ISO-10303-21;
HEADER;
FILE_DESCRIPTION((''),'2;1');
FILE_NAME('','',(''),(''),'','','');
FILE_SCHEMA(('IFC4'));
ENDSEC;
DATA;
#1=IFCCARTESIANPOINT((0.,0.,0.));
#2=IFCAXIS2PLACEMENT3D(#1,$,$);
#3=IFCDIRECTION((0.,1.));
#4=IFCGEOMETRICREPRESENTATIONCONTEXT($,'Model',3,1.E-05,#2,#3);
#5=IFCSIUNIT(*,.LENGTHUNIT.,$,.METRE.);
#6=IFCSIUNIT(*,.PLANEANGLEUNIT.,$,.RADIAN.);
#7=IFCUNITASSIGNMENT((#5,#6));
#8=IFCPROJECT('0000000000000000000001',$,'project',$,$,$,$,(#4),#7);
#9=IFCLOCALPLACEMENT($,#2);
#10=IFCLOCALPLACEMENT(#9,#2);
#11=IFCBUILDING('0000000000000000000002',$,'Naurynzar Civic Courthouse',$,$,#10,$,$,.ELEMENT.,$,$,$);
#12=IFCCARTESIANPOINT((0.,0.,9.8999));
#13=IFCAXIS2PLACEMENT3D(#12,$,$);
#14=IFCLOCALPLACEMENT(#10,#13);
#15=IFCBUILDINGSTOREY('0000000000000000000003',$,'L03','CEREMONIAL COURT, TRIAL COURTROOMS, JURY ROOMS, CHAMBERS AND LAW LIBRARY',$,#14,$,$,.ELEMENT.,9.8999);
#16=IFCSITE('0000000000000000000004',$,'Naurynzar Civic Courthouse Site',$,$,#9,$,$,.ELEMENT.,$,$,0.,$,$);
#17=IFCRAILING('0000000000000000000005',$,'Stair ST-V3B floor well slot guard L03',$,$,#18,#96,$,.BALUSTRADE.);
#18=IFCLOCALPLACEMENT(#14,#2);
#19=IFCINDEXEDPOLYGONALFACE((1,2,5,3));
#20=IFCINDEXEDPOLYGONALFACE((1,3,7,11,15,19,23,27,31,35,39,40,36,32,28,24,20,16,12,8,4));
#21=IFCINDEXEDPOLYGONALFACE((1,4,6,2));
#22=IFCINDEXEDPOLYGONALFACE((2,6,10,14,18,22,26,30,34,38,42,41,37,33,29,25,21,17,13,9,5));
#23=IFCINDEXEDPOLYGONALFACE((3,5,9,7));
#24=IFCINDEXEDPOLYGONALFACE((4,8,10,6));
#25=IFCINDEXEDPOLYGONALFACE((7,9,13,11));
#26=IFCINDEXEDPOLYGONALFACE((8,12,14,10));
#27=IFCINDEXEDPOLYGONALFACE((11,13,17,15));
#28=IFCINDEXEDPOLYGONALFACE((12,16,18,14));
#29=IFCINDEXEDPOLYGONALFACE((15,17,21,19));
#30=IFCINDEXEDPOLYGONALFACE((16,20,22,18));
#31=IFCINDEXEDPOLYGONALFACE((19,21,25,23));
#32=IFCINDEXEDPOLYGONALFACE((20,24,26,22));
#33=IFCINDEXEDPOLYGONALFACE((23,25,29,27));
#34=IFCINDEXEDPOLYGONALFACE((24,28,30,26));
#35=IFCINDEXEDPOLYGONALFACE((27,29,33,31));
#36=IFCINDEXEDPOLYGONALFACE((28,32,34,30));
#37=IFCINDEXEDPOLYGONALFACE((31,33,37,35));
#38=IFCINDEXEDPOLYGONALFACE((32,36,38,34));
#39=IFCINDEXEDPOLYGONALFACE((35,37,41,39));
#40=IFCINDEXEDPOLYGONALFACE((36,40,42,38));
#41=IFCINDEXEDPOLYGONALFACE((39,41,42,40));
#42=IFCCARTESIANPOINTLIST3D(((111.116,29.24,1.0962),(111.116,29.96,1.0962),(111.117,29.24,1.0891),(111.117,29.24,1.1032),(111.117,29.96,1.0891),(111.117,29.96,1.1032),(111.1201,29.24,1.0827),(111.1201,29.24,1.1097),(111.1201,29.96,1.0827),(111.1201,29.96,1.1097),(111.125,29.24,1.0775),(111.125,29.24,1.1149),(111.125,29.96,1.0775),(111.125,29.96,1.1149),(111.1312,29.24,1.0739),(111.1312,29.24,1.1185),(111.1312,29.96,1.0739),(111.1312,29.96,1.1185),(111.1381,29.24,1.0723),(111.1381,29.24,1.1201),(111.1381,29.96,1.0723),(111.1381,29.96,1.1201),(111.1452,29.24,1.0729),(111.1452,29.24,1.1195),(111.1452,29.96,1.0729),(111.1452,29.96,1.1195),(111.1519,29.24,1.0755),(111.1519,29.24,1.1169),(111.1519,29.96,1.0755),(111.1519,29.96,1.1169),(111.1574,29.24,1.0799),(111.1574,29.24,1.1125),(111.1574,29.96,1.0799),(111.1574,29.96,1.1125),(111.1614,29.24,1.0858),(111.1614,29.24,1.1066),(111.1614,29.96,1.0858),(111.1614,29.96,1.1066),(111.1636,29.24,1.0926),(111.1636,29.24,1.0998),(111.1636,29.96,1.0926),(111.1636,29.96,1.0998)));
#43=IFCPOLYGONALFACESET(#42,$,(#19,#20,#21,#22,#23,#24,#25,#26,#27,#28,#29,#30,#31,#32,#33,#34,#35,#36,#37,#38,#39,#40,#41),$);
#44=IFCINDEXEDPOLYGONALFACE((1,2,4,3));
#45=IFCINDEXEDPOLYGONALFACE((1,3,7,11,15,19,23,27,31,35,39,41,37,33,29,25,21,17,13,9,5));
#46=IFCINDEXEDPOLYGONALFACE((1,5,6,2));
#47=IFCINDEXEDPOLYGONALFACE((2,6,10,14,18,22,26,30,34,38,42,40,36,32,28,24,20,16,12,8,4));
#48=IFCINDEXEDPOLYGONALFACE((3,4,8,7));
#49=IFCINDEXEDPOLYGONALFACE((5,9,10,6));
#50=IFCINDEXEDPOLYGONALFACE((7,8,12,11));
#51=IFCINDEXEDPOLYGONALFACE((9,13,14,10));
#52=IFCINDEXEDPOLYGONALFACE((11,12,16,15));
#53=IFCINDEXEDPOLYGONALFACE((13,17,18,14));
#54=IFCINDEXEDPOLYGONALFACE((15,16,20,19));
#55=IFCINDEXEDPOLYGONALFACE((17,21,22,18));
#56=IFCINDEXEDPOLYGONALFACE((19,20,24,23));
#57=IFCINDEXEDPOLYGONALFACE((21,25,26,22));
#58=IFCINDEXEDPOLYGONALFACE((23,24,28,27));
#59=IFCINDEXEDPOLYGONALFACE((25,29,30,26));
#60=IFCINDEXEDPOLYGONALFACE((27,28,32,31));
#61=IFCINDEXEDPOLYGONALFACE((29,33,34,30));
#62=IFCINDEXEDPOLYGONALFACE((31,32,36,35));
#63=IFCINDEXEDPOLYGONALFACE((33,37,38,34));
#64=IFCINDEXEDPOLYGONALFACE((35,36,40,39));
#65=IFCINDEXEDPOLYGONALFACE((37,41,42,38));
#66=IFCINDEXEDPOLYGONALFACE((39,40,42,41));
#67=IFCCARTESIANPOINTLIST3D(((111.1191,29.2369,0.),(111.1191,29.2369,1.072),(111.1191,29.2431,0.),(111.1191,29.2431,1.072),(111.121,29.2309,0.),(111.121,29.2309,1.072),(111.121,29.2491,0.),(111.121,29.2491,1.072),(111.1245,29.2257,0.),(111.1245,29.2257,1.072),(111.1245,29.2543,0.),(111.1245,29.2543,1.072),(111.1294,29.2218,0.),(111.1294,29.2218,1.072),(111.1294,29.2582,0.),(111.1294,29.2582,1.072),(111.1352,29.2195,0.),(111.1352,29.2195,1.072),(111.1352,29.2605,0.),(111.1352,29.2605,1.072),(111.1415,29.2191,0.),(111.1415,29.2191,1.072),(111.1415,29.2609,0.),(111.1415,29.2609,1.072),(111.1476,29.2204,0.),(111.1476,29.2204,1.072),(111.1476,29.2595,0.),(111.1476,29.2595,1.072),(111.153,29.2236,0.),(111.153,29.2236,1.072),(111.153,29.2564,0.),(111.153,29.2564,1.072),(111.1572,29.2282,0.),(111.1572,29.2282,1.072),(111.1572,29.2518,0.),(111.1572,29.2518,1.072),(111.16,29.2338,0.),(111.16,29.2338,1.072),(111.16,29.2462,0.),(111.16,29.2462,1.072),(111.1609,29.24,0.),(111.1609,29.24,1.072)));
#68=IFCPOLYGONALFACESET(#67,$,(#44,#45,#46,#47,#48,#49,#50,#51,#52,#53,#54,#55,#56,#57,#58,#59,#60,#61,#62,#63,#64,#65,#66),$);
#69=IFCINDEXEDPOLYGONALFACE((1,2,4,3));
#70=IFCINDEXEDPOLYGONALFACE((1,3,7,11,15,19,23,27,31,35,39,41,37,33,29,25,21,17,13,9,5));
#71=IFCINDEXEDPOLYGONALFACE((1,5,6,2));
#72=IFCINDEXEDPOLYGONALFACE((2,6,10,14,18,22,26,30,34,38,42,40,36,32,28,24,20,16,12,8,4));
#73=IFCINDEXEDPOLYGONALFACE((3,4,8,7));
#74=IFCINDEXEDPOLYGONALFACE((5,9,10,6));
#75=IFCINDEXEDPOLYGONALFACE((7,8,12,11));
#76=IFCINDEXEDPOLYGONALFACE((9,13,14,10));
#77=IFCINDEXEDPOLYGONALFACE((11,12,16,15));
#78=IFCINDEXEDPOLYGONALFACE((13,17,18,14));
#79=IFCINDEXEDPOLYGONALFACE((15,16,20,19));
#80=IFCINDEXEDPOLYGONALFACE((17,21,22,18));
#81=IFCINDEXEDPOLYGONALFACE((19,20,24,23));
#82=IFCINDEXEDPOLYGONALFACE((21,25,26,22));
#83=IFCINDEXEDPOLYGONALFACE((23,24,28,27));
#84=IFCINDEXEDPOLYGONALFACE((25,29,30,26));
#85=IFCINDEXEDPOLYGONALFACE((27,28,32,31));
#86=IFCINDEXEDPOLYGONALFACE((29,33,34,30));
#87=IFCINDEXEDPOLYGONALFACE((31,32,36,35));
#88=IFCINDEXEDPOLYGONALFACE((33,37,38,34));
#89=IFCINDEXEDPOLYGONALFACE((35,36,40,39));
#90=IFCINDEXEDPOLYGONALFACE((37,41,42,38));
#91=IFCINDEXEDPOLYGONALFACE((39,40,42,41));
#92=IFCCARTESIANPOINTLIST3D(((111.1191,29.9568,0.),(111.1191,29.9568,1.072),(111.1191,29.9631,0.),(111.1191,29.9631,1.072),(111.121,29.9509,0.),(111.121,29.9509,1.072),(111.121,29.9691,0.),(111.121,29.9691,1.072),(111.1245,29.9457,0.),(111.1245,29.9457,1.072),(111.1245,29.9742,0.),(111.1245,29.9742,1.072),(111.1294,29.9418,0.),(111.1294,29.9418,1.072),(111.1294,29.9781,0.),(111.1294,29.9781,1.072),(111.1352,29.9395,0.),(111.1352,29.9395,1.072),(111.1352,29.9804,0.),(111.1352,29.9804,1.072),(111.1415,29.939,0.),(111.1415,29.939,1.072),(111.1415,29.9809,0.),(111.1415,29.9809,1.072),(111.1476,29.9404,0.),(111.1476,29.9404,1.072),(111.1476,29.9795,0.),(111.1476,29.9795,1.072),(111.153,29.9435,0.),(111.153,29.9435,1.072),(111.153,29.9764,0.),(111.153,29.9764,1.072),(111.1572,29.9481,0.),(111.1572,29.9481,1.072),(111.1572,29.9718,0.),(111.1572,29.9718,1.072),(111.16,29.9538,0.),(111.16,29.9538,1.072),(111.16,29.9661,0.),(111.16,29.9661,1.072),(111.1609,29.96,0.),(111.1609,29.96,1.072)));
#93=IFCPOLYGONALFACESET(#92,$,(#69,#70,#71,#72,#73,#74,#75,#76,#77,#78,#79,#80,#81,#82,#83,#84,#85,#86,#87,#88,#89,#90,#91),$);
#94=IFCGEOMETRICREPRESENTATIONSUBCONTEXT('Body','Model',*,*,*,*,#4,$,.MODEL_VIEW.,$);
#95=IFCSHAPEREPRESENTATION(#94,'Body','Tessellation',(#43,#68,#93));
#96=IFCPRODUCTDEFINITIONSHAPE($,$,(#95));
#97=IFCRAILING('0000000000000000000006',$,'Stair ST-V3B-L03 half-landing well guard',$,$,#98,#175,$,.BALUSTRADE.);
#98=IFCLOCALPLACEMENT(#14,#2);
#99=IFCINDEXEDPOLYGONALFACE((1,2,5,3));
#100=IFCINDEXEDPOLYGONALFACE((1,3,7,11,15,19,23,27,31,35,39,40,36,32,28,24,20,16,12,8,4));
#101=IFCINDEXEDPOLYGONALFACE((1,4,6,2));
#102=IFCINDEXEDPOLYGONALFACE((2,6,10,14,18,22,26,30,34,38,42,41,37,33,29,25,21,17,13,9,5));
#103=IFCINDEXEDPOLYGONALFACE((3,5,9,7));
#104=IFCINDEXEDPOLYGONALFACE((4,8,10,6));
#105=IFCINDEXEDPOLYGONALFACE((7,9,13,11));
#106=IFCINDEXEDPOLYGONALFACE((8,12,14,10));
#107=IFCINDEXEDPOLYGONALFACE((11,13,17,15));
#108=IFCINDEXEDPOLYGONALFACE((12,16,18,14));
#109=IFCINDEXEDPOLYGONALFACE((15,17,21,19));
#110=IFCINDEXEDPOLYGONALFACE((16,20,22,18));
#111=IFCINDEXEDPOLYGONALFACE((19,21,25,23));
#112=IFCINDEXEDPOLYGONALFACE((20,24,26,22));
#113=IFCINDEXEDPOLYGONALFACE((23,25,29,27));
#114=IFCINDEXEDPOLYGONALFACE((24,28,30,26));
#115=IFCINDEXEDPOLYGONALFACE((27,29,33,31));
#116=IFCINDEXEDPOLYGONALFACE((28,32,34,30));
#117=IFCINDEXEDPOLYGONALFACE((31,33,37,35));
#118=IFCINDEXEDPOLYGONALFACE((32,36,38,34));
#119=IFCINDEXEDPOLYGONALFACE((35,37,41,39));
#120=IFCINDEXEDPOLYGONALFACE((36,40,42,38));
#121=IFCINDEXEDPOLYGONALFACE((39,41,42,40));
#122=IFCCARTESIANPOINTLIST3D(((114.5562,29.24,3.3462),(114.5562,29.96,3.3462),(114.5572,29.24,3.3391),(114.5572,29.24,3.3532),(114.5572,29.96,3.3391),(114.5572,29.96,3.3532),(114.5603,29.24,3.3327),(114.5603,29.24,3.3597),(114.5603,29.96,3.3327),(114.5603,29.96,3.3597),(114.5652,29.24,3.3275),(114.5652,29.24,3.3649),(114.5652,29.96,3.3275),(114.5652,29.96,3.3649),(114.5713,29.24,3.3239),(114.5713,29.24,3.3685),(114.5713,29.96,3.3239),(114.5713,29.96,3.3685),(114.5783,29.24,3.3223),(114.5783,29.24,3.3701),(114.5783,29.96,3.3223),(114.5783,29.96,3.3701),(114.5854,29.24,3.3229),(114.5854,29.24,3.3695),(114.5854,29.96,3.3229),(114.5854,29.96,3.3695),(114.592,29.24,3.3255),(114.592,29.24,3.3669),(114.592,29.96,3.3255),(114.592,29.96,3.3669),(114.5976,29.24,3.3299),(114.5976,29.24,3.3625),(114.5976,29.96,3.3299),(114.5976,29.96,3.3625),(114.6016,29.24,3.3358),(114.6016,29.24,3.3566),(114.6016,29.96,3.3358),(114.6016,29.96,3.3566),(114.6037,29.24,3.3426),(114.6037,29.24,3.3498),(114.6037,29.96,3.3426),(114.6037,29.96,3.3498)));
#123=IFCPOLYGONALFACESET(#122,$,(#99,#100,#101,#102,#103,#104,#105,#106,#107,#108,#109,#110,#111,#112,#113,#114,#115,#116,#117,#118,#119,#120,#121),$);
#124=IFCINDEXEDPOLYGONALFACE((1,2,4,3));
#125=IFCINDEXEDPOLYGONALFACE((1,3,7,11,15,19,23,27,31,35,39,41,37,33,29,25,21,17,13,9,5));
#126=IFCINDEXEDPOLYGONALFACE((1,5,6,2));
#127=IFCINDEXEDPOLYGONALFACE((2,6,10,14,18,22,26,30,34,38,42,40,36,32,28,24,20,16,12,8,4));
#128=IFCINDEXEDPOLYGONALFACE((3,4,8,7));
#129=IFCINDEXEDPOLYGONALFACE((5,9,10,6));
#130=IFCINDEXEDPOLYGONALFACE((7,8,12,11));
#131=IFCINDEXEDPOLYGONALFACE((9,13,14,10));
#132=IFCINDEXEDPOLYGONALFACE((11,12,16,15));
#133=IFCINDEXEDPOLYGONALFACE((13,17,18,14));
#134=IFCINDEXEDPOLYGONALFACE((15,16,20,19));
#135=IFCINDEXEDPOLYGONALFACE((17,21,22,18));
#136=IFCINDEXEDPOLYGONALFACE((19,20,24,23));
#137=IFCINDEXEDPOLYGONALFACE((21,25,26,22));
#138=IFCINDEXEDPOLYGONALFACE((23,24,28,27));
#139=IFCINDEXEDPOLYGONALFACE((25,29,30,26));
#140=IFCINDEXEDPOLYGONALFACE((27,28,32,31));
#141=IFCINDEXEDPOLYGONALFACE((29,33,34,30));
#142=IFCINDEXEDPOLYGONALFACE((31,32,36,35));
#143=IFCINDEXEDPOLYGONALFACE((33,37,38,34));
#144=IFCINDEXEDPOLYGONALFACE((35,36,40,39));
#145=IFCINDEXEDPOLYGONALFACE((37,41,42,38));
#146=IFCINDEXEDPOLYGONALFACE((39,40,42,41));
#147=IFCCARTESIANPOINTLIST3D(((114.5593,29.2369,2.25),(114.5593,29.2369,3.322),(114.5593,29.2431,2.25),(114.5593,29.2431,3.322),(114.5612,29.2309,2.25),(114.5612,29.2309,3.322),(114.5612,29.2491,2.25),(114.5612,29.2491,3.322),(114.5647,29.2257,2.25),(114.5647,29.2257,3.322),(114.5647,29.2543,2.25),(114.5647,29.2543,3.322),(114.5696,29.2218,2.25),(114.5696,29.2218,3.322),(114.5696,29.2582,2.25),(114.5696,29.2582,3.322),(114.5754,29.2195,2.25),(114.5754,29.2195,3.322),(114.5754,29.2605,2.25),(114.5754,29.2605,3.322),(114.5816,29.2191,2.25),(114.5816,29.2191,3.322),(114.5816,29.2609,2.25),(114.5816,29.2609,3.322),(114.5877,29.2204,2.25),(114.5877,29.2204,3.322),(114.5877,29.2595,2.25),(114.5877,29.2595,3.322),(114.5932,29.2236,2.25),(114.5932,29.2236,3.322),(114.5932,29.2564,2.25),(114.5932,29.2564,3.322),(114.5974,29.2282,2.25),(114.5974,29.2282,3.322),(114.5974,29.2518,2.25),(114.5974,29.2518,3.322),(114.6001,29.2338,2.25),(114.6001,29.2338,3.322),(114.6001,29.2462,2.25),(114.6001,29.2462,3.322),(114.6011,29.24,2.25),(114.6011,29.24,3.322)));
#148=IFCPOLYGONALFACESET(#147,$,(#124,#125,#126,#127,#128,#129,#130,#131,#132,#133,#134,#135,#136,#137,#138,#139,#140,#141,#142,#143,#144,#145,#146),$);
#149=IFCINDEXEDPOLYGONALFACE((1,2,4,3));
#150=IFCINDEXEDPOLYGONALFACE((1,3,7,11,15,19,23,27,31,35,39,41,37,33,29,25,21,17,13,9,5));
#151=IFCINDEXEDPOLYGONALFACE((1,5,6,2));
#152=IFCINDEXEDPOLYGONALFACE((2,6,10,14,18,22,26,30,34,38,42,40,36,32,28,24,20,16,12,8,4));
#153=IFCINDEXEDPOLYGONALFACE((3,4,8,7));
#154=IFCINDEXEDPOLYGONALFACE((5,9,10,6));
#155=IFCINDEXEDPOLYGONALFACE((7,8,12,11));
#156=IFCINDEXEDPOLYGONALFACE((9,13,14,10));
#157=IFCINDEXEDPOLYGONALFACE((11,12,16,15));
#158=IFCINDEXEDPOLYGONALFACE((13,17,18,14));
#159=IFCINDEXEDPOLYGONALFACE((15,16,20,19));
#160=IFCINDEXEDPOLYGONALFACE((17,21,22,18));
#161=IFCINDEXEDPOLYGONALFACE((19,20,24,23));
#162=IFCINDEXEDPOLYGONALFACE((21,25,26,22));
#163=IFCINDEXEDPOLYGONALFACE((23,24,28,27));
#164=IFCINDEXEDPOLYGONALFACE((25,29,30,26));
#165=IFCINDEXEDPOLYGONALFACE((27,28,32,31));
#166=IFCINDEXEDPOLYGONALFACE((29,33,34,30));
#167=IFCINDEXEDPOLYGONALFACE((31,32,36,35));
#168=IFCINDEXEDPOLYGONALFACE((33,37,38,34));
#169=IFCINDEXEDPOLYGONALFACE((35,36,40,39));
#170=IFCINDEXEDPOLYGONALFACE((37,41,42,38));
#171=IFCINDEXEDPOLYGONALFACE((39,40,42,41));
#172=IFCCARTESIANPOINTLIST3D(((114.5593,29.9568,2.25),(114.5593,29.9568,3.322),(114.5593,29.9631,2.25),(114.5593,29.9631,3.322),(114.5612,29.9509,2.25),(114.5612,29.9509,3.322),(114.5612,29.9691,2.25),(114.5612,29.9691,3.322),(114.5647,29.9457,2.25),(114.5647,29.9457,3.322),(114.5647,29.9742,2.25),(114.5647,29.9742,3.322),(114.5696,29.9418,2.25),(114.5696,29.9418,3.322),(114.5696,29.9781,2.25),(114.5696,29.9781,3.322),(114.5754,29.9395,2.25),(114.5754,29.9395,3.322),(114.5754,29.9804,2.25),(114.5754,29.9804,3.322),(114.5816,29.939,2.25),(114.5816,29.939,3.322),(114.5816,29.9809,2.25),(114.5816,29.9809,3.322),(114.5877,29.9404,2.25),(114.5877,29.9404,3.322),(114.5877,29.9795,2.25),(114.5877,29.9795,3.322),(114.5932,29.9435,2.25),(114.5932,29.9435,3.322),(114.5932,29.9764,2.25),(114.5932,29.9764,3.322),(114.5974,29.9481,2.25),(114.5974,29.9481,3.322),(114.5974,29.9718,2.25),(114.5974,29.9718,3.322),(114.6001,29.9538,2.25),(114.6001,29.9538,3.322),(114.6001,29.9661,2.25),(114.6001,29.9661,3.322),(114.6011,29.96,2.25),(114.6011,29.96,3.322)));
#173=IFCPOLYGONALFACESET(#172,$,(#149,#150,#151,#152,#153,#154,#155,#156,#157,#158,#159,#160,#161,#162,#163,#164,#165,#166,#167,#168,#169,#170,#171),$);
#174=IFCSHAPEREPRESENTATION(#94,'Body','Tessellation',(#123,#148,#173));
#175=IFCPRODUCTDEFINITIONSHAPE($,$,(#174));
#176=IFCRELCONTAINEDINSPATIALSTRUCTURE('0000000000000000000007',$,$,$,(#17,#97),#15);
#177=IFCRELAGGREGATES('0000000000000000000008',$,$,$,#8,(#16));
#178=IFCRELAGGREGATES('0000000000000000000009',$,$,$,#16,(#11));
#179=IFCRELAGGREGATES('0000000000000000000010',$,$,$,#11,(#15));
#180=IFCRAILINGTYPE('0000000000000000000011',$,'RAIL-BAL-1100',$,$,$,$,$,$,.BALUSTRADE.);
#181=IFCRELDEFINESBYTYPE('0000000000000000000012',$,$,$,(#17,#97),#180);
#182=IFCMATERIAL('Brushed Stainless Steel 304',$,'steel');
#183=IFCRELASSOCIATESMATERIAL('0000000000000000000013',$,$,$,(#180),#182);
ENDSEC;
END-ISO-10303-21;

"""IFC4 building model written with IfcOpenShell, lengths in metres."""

from ifc_helpers import new_model, si_unit, direction, frame, origin, origin_2d, place, context, subcontext, project, spatial, circle, extrude, material, type_object, element, save


model = new_model("IFC4")

# Units and contexts
model_context = context("Model", 3, precision=1e-05, world=origin(), true_north=direction((0.0, 1.0)))
body_context = subcontext(model_context, "Body", "Model", "MODEL_VIEW")
ifc_project = project(units=[si_unit("LENGTHUNIT", "METRE"), si_unit("PLANEANGLEUNIT", "RADIAN")], contexts=[model_context])

# Site, building, storey
site_placement = place(None, origin())
site = spatial("IfcSite", under=ifc_project, at=site_placement, Name="Naurynzar Civic Courthouse Site", CompositionType="ELEMENT", RefElevation=0.0)
building_placement = place(site_placement, origin())
building = spatial("IfcBuilding", under=site, at=building_placement, Name="Naurynzar Civic Courthouse", CompositionType="ELEMENT")
storey_placement = place(building_placement, frame((0.0, 0.0, 9.8999)))
storey = spatial("IfcBuildingStorey", under=building, at=storey_placement, Name="L03", Description="CEREMONIAL COURT, TRIAL COURTROOMS, JURY ROOMS, CHAMBERS AND LAW LIBRARY", CompositionType="ELEMENT", Elevation=9.8999)

# Railings
ifc_material_1 = material(Name="Brushed Stainless Steel 304", Category="steel")
railing_type_1 = type_object("IfcRailingType", Name="RAIL-BAL-1100", PredefinedType="BALUSTRADE", material=ifc_material_1)
for number, where, name in (
    (1, (111.1399, 29.24, 0.0), "Stair ST-V3B floor well slot guard L03"),
    (2, (114.5801, 29.24, 2.25), "Stair ST-V3B-L03 half-landing well guard"),
):
    element("IfcRailing", number, at=place(storey_placement, frame(where)), inside=storey, type_object=railing_type_1, Name=name, PredefinedType="BALUSTRADE", context=body_context, shape_type="SweptSolid", body=[
        extrude(circle(Radius=0.0239, at=origin_2d()), frame((0.0, 0.0, 1.0962), z_axis=(0.0, 1.0, 0.0), x_axis=(-1.0, 0.0, 0.0)), (0.0, 0.0, 1.0), 0.72),
        extrude(circle(Radius=0.021, at=origin_2d()), origin(), (0.0, 0.0, 1.0), 1.072),
        extrude(circle(Radius=0.021, at=origin_2d()), frame((0.0, 0.72, 0.0)), (0.0, 0.0, 1.0), 1.072),
    ])

save(model, "model.ifc")
